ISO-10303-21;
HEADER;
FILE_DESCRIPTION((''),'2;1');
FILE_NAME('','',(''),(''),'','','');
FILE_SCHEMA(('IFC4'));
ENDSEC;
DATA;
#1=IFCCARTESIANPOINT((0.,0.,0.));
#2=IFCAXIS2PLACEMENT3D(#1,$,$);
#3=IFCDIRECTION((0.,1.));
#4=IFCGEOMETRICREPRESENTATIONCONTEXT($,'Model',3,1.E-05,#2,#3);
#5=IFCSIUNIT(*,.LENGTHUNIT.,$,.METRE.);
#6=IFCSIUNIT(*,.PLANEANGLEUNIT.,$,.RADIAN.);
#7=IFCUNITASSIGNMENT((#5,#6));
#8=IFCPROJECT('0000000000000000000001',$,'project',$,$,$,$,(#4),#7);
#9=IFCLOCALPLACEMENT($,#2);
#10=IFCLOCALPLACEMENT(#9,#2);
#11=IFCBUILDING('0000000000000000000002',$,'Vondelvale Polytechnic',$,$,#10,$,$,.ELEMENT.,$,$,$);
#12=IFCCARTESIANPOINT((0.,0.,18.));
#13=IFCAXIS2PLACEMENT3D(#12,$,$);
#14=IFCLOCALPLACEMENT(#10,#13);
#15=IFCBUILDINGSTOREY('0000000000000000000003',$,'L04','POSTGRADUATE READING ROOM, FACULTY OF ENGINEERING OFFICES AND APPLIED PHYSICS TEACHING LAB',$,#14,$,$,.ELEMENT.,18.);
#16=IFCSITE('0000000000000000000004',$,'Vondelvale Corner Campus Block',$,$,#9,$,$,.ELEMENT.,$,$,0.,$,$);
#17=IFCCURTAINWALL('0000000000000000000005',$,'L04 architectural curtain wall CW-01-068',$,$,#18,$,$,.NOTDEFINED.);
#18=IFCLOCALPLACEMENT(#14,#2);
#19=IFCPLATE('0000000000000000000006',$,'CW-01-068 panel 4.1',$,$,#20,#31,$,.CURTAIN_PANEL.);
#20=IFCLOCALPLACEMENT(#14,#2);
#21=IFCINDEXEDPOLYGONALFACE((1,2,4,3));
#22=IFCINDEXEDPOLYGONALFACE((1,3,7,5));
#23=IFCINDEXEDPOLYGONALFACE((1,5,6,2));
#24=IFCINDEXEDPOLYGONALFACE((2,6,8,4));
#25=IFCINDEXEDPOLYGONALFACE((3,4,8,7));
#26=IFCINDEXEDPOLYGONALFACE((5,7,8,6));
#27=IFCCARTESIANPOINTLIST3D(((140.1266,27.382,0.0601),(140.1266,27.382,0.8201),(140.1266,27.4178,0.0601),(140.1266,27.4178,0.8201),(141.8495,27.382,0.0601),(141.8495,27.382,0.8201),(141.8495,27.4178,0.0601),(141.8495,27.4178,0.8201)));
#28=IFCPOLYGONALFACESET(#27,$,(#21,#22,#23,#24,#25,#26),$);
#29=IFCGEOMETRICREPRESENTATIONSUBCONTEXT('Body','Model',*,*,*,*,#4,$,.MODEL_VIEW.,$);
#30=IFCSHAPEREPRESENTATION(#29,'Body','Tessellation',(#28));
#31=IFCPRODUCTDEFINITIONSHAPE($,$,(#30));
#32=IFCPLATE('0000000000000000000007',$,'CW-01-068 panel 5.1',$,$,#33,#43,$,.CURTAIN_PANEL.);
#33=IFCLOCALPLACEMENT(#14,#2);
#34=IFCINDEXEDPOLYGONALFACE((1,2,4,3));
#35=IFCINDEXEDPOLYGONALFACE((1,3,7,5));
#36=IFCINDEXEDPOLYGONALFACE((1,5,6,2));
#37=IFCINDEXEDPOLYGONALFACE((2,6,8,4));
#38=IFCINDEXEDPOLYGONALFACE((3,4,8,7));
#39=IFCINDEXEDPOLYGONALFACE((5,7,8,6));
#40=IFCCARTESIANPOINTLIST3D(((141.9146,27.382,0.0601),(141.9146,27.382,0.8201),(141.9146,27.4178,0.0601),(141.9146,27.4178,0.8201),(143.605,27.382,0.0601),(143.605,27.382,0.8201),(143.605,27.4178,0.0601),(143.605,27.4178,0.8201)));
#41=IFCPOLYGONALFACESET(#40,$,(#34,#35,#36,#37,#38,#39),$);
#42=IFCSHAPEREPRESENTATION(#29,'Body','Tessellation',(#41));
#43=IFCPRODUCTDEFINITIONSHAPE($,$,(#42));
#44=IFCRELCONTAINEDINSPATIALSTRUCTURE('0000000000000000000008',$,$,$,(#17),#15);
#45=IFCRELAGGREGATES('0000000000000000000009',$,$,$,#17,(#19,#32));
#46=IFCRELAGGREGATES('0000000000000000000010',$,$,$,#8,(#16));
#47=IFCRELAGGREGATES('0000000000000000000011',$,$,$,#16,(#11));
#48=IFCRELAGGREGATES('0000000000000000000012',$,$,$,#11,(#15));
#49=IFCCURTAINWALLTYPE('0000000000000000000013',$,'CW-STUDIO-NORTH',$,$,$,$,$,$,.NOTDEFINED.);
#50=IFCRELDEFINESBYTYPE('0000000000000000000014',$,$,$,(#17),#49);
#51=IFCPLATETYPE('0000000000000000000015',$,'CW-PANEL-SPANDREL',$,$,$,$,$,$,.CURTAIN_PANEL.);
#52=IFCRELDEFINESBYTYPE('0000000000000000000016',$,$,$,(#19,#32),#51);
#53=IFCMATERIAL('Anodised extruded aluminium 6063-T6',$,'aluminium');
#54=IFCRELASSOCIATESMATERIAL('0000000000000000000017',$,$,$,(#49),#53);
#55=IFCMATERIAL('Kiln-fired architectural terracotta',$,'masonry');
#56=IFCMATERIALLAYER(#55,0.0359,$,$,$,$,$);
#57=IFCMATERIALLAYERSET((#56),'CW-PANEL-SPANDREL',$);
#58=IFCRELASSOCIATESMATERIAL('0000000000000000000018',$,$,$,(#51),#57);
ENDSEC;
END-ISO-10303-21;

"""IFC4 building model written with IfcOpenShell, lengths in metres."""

from ifc_helpers import new_model, si_unit, direction, frame, origin, origin_2d, place, context, subcontext, project, spatial, rectangle, extrude, material, layer, layer_set, type_object, element, aggregate, save


model = new_model("IFC4")

# Units and contexts
model_context = context("Model", 3, precision=1e-05, world=origin(), true_north=direction((0.0, 1.0)))
body_context = subcontext(model_context, "Body", "Model", "MODEL_VIEW")
ifc_project = project(units=[si_unit("LENGTHUNIT", "METRE"), si_unit("PLANEANGLEUNIT", "RADIAN")], contexts=[model_context])

# Site, building, storey
site_placement = place(None, origin())
site = spatial("IfcSite", under=ifc_project, at=site_placement, Name="Vondelvale Corner Campus Block", CompositionType="ELEMENT", RefElevation=0.0)
building_placement = place(site_placement, origin())
building = spatial("IfcBuilding", under=site, at=building_placement, Name="Vondelvale Polytechnic", CompositionType="ELEMENT")
storey_placement = place(building_placement, frame((0.0, 0.0, 18.0)))
storey = spatial("IfcBuildingStorey", under=building, at=storey_placement, Name="L04", Description="POSTGRADUATE READING ROOM, FACULTY OF ENGINEERING OFFICES AND APPLIED PHYSICS TEACHING LAB", CompositionType="ELEMENT", Elevation=18.0)

# Curtain wall, plates
ifc_material_1 = material(Name="Anodised extruded aluminium 6063-T6", Category="aluminium")
curtain_wall_type = type_object("IfcCurtainWallType", Name="CW-STUDIO-NORTH", PredefinedType="NOTDEFINED", material=ifc_material_1)
curtain_wall_placement = place(storey_placement, origin())
curtain_wall = element("IfcCurtainWall", 1, at=curtain_wall_placement, inside=storey, type_object=curtain_wall_type, Name="L04 architectural curtain wall CW-01-068", PredefinedType="NOTDEFINED")
ifc_material_2 = material(Name="Kiln-fired architectural terracotta", Category="masonry")
ifc_layer_1 = layer(ifc_material_2, 0.0359)
ifc_layer_set_1 = layer_set([ifc_layer_1], Name="CW-PANEL-SPANDREL")
plate_type_1 = type_object("IfcPlateType", Name="CW-PANEL-SPANDREL", PredefinedType="CURTAIN_PANEL", material=ifc_layer_set_1)
plate_1_placement = place(storey_placement, frame((140.988, 27.3999, 0.0601), z_axis=(0.0, 0.0, 1.0), x_axis=(1.0, 0.0, 0.0)))
plate_1 = element("IfcPlate", 2, at=plate_1_placement, type_object=plate_type_1, Name="CW-01-068 panel 4.1", PredefinedType="CURTAIN_PANEL", context=body_context, shape_type="SweptSolid", body=[
    extrude(rectangle(XDim=1.7229, YDim=0.0359, at=origin_2d()), origin(), (0.0, 0.0, 1.0), 0.76),
])
plate_2_placement = place(storey_placement, frame((142.7598, 27.3999, 0.0601), z_axis=(0.0, 0.0, 1.0), x_axis=(1.0, 0.0, 0.0)))
plate_2 = element("IfcPlate", 3, at=plate_2_placement, type_object=plate_type_1, Name="CW-01-068 panel 5.1", PredefinedType="CURTAIN_PANEL", context=body_context, shape_type="SweptSolid", body=[
    extrude(rectangle(XDim=1.6904, YDim=0.0359, at=origin_2d()), origin(), (0.0, 0.0, 1.0), 0.76),
])
aggregate(curtain_wall, [plate_1, plate_2])

save(model, "model.ifc")
